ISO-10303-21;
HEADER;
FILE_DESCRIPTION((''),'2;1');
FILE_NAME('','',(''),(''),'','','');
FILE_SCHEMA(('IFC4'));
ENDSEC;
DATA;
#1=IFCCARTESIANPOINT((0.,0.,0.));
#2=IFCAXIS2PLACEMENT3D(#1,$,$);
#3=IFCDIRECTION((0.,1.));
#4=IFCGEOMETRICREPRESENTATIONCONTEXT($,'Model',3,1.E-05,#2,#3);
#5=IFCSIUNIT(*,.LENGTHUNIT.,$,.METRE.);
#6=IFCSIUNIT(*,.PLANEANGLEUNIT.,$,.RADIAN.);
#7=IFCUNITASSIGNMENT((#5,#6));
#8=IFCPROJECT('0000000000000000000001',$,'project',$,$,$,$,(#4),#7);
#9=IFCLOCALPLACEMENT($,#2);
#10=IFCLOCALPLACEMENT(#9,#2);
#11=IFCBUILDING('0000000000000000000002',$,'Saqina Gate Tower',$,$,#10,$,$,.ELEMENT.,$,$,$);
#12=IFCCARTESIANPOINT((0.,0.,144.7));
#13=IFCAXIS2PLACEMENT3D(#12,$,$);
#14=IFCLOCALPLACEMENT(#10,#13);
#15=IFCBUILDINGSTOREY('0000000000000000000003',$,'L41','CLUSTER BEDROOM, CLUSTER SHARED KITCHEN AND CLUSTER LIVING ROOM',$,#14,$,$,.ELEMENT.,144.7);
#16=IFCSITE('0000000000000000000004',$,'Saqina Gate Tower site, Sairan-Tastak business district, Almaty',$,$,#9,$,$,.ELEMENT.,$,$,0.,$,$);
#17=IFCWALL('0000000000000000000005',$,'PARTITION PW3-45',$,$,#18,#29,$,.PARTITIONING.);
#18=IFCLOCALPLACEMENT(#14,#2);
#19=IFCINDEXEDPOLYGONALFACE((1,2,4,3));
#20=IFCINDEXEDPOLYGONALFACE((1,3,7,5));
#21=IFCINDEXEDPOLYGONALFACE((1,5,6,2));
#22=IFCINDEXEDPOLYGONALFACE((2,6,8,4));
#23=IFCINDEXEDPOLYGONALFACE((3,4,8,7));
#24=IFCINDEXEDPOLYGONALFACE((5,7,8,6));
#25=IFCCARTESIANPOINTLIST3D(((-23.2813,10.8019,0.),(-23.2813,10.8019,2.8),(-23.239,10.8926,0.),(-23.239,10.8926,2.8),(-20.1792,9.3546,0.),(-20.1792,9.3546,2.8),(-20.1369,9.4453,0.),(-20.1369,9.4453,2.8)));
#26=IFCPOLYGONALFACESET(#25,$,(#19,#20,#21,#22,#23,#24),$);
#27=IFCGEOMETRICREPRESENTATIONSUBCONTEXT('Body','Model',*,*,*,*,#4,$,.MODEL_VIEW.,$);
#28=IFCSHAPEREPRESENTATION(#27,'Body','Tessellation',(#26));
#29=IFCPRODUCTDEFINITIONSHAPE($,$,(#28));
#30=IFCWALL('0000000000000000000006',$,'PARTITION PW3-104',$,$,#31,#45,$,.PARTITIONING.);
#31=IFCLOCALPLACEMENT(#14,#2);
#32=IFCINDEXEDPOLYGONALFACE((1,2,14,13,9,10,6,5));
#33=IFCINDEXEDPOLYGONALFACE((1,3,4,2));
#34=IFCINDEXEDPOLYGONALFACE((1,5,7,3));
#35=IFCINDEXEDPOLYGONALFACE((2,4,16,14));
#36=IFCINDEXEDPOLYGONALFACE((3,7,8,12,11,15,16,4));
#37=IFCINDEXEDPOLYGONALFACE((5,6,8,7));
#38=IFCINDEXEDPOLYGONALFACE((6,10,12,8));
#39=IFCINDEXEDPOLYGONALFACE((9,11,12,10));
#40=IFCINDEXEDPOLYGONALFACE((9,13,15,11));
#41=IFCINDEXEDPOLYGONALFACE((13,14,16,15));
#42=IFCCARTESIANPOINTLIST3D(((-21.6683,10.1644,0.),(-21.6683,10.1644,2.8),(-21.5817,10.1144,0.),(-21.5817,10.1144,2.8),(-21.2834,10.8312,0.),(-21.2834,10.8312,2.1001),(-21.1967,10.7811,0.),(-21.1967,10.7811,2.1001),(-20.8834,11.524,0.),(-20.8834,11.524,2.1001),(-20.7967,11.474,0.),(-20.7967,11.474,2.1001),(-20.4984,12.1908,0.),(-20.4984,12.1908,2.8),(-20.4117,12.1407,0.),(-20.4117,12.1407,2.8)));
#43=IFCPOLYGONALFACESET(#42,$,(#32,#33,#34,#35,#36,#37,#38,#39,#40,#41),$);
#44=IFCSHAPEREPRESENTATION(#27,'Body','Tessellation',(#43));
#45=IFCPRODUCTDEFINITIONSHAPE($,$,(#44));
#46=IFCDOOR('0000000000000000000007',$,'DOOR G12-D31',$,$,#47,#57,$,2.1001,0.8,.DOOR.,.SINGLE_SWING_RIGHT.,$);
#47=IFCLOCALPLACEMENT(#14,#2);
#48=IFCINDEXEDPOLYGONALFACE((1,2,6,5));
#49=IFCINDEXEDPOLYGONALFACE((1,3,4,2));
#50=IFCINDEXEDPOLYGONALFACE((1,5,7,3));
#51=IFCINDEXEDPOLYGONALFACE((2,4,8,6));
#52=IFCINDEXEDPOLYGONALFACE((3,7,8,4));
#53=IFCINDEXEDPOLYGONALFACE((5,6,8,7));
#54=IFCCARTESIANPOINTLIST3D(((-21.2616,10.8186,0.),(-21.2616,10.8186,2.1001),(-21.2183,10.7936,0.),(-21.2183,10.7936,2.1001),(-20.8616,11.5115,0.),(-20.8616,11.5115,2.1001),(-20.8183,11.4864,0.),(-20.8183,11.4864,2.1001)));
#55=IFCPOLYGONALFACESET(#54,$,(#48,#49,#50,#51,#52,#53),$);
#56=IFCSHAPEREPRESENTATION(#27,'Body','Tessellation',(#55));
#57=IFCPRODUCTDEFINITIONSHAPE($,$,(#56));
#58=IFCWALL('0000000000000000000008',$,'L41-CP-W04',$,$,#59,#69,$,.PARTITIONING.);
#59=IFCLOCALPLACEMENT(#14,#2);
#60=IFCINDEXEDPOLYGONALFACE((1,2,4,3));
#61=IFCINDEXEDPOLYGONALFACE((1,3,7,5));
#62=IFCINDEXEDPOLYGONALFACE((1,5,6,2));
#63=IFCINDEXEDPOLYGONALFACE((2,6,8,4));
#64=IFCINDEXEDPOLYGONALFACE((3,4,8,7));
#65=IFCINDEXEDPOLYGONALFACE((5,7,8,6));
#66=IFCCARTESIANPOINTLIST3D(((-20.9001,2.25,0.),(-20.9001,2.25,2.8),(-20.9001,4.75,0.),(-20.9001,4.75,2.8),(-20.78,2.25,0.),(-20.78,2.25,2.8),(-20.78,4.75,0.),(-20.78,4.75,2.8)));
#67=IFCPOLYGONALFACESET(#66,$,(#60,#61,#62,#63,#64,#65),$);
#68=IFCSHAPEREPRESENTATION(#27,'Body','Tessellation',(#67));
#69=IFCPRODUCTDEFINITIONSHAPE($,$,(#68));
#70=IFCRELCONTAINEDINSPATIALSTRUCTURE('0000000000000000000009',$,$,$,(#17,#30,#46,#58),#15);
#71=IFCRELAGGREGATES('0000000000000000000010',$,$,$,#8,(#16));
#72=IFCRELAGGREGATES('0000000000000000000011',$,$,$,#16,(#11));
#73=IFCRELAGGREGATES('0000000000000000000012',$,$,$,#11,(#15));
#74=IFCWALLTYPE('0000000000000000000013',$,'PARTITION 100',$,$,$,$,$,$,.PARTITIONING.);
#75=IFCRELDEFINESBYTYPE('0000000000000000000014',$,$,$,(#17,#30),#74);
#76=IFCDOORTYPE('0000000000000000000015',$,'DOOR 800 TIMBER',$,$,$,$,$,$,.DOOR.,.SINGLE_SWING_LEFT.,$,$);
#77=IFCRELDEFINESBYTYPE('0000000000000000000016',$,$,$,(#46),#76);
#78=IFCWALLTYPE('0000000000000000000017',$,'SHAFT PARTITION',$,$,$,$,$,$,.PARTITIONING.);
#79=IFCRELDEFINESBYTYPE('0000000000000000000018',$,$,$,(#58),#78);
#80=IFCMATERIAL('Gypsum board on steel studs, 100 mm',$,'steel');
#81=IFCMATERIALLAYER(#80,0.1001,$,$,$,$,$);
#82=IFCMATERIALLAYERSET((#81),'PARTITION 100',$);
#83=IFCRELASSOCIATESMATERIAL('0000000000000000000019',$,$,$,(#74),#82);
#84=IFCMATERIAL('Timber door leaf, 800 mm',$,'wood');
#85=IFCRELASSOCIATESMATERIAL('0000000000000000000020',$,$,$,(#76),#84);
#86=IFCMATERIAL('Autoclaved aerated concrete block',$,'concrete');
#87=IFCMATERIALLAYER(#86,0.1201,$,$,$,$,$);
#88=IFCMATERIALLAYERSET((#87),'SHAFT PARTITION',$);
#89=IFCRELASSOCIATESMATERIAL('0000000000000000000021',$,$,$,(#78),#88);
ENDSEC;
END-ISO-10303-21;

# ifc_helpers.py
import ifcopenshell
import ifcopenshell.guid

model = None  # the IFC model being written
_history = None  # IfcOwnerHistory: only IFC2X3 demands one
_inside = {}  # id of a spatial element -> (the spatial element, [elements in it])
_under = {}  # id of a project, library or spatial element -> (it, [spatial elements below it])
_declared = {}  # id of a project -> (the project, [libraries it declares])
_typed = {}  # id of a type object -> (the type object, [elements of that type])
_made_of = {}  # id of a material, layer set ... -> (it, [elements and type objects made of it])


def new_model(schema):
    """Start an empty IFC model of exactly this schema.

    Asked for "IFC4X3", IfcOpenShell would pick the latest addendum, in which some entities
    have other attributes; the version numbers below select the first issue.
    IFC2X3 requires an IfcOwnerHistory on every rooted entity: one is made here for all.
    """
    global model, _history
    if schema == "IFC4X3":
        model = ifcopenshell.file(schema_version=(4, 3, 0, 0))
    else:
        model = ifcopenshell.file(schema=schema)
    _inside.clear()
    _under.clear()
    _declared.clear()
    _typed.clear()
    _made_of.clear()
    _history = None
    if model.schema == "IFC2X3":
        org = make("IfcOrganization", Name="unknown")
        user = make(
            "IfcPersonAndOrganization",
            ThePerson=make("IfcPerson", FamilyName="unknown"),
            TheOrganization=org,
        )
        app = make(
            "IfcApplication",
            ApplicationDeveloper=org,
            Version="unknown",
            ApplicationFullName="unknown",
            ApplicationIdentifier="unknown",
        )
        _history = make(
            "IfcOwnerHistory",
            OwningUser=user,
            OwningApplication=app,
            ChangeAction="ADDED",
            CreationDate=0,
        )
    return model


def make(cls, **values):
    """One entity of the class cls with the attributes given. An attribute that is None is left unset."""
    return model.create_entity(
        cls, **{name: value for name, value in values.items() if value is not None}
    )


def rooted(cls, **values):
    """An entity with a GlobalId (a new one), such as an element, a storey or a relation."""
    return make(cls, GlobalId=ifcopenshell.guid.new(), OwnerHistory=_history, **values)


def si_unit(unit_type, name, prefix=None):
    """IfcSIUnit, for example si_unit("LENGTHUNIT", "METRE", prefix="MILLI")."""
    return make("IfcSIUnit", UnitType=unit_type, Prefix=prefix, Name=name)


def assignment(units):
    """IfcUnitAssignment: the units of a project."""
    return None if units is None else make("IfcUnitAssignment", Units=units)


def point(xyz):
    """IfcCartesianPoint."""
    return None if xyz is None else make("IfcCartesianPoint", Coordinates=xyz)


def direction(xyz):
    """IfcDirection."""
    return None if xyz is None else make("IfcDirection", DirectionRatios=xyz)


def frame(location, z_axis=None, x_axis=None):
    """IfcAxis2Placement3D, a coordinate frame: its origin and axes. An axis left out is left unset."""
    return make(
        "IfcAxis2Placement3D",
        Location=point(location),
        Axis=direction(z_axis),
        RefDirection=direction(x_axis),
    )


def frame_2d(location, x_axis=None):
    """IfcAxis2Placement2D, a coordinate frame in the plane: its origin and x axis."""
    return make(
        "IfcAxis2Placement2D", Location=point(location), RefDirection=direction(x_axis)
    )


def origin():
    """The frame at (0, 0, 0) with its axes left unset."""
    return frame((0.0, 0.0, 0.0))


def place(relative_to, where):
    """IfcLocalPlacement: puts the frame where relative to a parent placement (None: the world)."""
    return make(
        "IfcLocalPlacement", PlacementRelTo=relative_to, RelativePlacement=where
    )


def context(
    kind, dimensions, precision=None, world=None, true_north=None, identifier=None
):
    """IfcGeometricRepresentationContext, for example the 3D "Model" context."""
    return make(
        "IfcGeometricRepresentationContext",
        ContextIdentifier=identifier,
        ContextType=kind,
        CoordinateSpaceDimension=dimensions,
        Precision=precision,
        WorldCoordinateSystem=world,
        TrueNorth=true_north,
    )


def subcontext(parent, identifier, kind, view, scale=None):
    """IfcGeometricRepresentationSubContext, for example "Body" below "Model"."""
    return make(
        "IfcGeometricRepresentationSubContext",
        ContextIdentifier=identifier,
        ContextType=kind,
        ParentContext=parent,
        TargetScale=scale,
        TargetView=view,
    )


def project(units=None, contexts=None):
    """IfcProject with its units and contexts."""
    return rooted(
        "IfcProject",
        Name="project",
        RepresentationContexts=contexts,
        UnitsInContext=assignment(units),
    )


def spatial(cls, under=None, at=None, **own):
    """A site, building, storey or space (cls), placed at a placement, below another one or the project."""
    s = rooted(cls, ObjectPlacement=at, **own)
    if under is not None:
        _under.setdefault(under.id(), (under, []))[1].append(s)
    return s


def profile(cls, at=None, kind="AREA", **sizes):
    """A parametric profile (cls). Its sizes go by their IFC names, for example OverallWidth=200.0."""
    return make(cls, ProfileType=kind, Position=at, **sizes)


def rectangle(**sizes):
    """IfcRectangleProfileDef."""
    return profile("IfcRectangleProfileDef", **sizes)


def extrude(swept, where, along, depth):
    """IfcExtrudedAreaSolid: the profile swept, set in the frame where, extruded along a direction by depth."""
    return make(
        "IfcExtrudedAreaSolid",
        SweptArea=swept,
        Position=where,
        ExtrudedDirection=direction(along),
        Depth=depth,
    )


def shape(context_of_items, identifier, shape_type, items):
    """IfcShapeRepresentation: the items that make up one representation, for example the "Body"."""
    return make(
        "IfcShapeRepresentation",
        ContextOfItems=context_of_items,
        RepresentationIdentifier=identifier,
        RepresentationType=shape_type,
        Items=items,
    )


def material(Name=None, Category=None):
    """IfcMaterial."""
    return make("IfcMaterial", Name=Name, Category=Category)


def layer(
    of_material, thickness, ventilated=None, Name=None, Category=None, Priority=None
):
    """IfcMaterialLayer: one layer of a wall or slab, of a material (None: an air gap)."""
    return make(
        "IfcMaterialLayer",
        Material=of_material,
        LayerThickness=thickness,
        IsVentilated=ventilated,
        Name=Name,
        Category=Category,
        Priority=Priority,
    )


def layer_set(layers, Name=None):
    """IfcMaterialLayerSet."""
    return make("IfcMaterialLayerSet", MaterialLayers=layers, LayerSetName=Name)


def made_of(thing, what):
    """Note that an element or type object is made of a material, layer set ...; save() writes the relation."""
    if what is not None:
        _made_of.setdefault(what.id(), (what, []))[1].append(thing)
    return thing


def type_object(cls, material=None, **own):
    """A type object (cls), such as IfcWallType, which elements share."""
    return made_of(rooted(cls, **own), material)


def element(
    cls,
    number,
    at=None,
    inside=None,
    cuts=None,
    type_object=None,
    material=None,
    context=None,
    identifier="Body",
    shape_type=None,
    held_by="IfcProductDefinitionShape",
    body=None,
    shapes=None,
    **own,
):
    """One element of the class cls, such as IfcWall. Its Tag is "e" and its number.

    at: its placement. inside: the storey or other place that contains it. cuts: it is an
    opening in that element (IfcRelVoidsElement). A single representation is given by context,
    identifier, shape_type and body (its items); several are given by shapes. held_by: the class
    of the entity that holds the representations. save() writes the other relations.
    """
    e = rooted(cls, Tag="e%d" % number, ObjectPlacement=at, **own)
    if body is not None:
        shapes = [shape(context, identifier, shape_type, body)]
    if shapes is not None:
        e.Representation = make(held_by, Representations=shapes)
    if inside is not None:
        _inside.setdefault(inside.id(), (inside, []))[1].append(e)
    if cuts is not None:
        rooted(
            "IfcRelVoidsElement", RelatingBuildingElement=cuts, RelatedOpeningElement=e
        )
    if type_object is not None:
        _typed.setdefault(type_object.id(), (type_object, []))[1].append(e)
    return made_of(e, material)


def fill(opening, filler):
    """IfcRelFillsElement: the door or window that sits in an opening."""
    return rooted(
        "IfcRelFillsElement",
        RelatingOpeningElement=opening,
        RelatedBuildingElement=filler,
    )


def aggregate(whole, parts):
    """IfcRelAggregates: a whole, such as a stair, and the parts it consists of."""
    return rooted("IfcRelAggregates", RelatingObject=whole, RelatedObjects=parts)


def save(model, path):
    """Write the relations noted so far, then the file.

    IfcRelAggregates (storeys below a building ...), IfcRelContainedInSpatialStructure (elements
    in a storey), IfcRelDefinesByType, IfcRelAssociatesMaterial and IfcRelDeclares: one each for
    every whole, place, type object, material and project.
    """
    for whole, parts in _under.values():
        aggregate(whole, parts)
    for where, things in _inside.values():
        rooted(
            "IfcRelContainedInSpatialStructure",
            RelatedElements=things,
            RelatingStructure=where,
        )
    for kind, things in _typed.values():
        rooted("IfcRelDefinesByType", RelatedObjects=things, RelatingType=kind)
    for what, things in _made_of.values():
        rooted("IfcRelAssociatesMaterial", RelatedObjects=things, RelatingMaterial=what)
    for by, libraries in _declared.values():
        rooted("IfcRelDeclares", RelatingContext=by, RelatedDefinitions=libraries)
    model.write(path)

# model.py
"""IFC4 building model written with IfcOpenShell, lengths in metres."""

from ifc_helpers import new_model, si_unit, direction, frame, frame_2d, origin, place, context, subcontext, project, spatial, rectangle, extrude, material, layer, layer_set, type_object, element, fill, save


model = new_model("IFC4")

# Units and contexts
model_context = context("Model", 3, precision=1e-05, world=origin(), true_north=direction((0.0, 1.0)))
body_context = subcontext(model_context, "Body", "Model", "MODEL_VIEW")
ifc_project = project(units=[si_unit("LENGTHUNIT", "METRE"), si_unit("PLANEANGLEUNIT", "RADIAN")], contexts=[model_context])

# Site, building, storey
site_placement = place(None, origin())
site = spatial("IfcSite", under=ifc_project, at=site_placement, Name="Saqina Gate Tower site, Sairan-Tastak business district, Almaty", CompositionType="ELEMENT", RefElevation=0.0)
building_placement = place(site_placement, origin())
building = spatial("IfcBuilding", under=site, at=building_placement, Name="Saqina Gate Tower", CompositionType="ELEMENT")
storey_placement = place(building_placement, frame((0.0, 0.0, 144.7)))
storey = spatial("IfcBuildingStorey", under=building, at=storey_placement, Name="L41", Description="CLUSTER BEDROOM, CLUSTER SHARED KITCHEN AND CLUSTER LIVING ROOM", CompositionType="ELEMENT", Elevation=144.7)

# Wall
ifc_material_1 = material(Name="Gypsum board on steel studs, 100 mm", Category="steel")
ifc_layer_1 = layer(ifc_material_1, 0.1001)
ifc_layer_set_1 = layer_set([ifc_layer_1], Name="PARTITION 100")
wall_type_1 = type_object("IfcWallType", Name="PARTITION 100", PredefinedType="PARTITIONING", material=ifc_layer_set_1)
wall_1_placement = place(storey_placement, frame((-23.26, 10.8472, 0.0), z_axis=(0.0, 0.0, 1.0), x_axis=(0.906223, -0.4228, 0.0)))
element("IfcWall", 1, at=wall_1_placement, inside=storey, type_object=wall_type_1, Name="PARTITION PW3-45", PredefinedType="PARTITIONING", context=body_context, shape_type="SweptSolid", body=[
    extrude(rectangle(XDim=3.4231, YDim=0.1001, at=frame_2d((1.7114, 0.0))), origin(), (0.0, 0.0, 1.0), 2.8),
])

# Wall, opening, door
wall_2_placement = place(storey_placement, frame((-21.625, 10.1394, 0.0), z_axis=(0.0, 0.0, 1.0), x_axis=(0.499999, 0.866026, 0.0)))
wall_2 = element("IfcWall", 2, at=wall_2_placement, inside=storey, type_object=wall_type_1, Name="PARTITION PW3-104", PredefinedType="PARTITIONING", context=body_context, shape_type="SweptSolid", body=[
    extrude(rectangle(XDim=2.3398, YDim=0.1001, at=frame_2d((1.1699, 0.0))), origin(), (0.0, 0.0, 1.0), 2.8),
])
opening_1_placement = place(wall_2_placement, frame((0.77, 0.0, 0.0)))
opening_1 = element("IfcOpeningElement", 3, at=opening_1_placement, cuts=wall_2, PredefinedType="OPENING", context=body_context, shape_type="SweptSolid", body=[
    extrude(rectangle(XDim=0.8, YDim=2.1001, at=frame_2d((0.3999, 1.05))), frame((0.0, 0.062, 0.0), z_axis=(0.0, -1.0, 0.0), x_axis=(1.0, 0.0, 0.0)), (0.0, 0.0, 1.0), 0.124),
])
ifc_material_2 = material(Name="Timber door leaf, 800 mm", Category="wood")
door_type_1 = type_object("IfcDoorType", Name="DOOR 800 TIMBER", OperationType="SINGLE_SWING_LEFT", PredefinedType="DOOR", material=ifc_material_2)
door_1_placement = place(opening_1_placement, origin())
door_1 = element("IfcDoor", 4, at=door_1_placement, inside=storey, type_object=door_type_1, Name="DOOR G12-D31", OperationType="SINGLE_SWING_RIGHT", OverallHeight=2.1001, OverallWidth=0.8, PredefinedType="DOOR", context=body_context, shape_type="SweptSolid", body=[
    extrude(rectangle(XDim=0.8, YDim=2.1001, at=frame_2d((0.3999, 1.05))), frame((0.0, 0.0249, 0.0), z_axis=(0.0, -1.0, 0.0), x_axis=(1.0, 0.0, 0.0)), (0.0, 0.0, 1.0), 0.05),
])
fill(opening_1, door_1)

# Wall
ifc_material_3 = material(Name="Autoclaved aerated concrete block", Category="concrete")
ifc_layer_2 = layer(ifc_material_3, 0.1201)
ifc_layer_set_2 = layer_set([ifc_layer_2], Name="SHAFT PARTITION")
wall_type_2 = type_object("IfcWallType", Name="SHAFT PARTITION", PredefinedType="PARTITIONING", material=ifc_layer_set_2)
wall_3_placement = place(storey_placement, frame((-20.8401, 2.25, 0.0), z_axis=(0.0, 0.0, 1.0), x_axis=(0.0, 1.0, 0.0)))
element("IfcWall", 5, at=wall_3_placement, inside=storey, type_object=wall_type_2, Name="L41-CP-W04", PredefinedType="PARTITIONING", context=body_context, shape_type="SweptSolid", body=[
    extrude(rectangle(XDim=2.5, YDim=0.1201, at=frame_2d((1.25, 0.0))), origin(), (0.0, 0.0, 1.0), 2.8),
])

save(model, "model.ifc")
